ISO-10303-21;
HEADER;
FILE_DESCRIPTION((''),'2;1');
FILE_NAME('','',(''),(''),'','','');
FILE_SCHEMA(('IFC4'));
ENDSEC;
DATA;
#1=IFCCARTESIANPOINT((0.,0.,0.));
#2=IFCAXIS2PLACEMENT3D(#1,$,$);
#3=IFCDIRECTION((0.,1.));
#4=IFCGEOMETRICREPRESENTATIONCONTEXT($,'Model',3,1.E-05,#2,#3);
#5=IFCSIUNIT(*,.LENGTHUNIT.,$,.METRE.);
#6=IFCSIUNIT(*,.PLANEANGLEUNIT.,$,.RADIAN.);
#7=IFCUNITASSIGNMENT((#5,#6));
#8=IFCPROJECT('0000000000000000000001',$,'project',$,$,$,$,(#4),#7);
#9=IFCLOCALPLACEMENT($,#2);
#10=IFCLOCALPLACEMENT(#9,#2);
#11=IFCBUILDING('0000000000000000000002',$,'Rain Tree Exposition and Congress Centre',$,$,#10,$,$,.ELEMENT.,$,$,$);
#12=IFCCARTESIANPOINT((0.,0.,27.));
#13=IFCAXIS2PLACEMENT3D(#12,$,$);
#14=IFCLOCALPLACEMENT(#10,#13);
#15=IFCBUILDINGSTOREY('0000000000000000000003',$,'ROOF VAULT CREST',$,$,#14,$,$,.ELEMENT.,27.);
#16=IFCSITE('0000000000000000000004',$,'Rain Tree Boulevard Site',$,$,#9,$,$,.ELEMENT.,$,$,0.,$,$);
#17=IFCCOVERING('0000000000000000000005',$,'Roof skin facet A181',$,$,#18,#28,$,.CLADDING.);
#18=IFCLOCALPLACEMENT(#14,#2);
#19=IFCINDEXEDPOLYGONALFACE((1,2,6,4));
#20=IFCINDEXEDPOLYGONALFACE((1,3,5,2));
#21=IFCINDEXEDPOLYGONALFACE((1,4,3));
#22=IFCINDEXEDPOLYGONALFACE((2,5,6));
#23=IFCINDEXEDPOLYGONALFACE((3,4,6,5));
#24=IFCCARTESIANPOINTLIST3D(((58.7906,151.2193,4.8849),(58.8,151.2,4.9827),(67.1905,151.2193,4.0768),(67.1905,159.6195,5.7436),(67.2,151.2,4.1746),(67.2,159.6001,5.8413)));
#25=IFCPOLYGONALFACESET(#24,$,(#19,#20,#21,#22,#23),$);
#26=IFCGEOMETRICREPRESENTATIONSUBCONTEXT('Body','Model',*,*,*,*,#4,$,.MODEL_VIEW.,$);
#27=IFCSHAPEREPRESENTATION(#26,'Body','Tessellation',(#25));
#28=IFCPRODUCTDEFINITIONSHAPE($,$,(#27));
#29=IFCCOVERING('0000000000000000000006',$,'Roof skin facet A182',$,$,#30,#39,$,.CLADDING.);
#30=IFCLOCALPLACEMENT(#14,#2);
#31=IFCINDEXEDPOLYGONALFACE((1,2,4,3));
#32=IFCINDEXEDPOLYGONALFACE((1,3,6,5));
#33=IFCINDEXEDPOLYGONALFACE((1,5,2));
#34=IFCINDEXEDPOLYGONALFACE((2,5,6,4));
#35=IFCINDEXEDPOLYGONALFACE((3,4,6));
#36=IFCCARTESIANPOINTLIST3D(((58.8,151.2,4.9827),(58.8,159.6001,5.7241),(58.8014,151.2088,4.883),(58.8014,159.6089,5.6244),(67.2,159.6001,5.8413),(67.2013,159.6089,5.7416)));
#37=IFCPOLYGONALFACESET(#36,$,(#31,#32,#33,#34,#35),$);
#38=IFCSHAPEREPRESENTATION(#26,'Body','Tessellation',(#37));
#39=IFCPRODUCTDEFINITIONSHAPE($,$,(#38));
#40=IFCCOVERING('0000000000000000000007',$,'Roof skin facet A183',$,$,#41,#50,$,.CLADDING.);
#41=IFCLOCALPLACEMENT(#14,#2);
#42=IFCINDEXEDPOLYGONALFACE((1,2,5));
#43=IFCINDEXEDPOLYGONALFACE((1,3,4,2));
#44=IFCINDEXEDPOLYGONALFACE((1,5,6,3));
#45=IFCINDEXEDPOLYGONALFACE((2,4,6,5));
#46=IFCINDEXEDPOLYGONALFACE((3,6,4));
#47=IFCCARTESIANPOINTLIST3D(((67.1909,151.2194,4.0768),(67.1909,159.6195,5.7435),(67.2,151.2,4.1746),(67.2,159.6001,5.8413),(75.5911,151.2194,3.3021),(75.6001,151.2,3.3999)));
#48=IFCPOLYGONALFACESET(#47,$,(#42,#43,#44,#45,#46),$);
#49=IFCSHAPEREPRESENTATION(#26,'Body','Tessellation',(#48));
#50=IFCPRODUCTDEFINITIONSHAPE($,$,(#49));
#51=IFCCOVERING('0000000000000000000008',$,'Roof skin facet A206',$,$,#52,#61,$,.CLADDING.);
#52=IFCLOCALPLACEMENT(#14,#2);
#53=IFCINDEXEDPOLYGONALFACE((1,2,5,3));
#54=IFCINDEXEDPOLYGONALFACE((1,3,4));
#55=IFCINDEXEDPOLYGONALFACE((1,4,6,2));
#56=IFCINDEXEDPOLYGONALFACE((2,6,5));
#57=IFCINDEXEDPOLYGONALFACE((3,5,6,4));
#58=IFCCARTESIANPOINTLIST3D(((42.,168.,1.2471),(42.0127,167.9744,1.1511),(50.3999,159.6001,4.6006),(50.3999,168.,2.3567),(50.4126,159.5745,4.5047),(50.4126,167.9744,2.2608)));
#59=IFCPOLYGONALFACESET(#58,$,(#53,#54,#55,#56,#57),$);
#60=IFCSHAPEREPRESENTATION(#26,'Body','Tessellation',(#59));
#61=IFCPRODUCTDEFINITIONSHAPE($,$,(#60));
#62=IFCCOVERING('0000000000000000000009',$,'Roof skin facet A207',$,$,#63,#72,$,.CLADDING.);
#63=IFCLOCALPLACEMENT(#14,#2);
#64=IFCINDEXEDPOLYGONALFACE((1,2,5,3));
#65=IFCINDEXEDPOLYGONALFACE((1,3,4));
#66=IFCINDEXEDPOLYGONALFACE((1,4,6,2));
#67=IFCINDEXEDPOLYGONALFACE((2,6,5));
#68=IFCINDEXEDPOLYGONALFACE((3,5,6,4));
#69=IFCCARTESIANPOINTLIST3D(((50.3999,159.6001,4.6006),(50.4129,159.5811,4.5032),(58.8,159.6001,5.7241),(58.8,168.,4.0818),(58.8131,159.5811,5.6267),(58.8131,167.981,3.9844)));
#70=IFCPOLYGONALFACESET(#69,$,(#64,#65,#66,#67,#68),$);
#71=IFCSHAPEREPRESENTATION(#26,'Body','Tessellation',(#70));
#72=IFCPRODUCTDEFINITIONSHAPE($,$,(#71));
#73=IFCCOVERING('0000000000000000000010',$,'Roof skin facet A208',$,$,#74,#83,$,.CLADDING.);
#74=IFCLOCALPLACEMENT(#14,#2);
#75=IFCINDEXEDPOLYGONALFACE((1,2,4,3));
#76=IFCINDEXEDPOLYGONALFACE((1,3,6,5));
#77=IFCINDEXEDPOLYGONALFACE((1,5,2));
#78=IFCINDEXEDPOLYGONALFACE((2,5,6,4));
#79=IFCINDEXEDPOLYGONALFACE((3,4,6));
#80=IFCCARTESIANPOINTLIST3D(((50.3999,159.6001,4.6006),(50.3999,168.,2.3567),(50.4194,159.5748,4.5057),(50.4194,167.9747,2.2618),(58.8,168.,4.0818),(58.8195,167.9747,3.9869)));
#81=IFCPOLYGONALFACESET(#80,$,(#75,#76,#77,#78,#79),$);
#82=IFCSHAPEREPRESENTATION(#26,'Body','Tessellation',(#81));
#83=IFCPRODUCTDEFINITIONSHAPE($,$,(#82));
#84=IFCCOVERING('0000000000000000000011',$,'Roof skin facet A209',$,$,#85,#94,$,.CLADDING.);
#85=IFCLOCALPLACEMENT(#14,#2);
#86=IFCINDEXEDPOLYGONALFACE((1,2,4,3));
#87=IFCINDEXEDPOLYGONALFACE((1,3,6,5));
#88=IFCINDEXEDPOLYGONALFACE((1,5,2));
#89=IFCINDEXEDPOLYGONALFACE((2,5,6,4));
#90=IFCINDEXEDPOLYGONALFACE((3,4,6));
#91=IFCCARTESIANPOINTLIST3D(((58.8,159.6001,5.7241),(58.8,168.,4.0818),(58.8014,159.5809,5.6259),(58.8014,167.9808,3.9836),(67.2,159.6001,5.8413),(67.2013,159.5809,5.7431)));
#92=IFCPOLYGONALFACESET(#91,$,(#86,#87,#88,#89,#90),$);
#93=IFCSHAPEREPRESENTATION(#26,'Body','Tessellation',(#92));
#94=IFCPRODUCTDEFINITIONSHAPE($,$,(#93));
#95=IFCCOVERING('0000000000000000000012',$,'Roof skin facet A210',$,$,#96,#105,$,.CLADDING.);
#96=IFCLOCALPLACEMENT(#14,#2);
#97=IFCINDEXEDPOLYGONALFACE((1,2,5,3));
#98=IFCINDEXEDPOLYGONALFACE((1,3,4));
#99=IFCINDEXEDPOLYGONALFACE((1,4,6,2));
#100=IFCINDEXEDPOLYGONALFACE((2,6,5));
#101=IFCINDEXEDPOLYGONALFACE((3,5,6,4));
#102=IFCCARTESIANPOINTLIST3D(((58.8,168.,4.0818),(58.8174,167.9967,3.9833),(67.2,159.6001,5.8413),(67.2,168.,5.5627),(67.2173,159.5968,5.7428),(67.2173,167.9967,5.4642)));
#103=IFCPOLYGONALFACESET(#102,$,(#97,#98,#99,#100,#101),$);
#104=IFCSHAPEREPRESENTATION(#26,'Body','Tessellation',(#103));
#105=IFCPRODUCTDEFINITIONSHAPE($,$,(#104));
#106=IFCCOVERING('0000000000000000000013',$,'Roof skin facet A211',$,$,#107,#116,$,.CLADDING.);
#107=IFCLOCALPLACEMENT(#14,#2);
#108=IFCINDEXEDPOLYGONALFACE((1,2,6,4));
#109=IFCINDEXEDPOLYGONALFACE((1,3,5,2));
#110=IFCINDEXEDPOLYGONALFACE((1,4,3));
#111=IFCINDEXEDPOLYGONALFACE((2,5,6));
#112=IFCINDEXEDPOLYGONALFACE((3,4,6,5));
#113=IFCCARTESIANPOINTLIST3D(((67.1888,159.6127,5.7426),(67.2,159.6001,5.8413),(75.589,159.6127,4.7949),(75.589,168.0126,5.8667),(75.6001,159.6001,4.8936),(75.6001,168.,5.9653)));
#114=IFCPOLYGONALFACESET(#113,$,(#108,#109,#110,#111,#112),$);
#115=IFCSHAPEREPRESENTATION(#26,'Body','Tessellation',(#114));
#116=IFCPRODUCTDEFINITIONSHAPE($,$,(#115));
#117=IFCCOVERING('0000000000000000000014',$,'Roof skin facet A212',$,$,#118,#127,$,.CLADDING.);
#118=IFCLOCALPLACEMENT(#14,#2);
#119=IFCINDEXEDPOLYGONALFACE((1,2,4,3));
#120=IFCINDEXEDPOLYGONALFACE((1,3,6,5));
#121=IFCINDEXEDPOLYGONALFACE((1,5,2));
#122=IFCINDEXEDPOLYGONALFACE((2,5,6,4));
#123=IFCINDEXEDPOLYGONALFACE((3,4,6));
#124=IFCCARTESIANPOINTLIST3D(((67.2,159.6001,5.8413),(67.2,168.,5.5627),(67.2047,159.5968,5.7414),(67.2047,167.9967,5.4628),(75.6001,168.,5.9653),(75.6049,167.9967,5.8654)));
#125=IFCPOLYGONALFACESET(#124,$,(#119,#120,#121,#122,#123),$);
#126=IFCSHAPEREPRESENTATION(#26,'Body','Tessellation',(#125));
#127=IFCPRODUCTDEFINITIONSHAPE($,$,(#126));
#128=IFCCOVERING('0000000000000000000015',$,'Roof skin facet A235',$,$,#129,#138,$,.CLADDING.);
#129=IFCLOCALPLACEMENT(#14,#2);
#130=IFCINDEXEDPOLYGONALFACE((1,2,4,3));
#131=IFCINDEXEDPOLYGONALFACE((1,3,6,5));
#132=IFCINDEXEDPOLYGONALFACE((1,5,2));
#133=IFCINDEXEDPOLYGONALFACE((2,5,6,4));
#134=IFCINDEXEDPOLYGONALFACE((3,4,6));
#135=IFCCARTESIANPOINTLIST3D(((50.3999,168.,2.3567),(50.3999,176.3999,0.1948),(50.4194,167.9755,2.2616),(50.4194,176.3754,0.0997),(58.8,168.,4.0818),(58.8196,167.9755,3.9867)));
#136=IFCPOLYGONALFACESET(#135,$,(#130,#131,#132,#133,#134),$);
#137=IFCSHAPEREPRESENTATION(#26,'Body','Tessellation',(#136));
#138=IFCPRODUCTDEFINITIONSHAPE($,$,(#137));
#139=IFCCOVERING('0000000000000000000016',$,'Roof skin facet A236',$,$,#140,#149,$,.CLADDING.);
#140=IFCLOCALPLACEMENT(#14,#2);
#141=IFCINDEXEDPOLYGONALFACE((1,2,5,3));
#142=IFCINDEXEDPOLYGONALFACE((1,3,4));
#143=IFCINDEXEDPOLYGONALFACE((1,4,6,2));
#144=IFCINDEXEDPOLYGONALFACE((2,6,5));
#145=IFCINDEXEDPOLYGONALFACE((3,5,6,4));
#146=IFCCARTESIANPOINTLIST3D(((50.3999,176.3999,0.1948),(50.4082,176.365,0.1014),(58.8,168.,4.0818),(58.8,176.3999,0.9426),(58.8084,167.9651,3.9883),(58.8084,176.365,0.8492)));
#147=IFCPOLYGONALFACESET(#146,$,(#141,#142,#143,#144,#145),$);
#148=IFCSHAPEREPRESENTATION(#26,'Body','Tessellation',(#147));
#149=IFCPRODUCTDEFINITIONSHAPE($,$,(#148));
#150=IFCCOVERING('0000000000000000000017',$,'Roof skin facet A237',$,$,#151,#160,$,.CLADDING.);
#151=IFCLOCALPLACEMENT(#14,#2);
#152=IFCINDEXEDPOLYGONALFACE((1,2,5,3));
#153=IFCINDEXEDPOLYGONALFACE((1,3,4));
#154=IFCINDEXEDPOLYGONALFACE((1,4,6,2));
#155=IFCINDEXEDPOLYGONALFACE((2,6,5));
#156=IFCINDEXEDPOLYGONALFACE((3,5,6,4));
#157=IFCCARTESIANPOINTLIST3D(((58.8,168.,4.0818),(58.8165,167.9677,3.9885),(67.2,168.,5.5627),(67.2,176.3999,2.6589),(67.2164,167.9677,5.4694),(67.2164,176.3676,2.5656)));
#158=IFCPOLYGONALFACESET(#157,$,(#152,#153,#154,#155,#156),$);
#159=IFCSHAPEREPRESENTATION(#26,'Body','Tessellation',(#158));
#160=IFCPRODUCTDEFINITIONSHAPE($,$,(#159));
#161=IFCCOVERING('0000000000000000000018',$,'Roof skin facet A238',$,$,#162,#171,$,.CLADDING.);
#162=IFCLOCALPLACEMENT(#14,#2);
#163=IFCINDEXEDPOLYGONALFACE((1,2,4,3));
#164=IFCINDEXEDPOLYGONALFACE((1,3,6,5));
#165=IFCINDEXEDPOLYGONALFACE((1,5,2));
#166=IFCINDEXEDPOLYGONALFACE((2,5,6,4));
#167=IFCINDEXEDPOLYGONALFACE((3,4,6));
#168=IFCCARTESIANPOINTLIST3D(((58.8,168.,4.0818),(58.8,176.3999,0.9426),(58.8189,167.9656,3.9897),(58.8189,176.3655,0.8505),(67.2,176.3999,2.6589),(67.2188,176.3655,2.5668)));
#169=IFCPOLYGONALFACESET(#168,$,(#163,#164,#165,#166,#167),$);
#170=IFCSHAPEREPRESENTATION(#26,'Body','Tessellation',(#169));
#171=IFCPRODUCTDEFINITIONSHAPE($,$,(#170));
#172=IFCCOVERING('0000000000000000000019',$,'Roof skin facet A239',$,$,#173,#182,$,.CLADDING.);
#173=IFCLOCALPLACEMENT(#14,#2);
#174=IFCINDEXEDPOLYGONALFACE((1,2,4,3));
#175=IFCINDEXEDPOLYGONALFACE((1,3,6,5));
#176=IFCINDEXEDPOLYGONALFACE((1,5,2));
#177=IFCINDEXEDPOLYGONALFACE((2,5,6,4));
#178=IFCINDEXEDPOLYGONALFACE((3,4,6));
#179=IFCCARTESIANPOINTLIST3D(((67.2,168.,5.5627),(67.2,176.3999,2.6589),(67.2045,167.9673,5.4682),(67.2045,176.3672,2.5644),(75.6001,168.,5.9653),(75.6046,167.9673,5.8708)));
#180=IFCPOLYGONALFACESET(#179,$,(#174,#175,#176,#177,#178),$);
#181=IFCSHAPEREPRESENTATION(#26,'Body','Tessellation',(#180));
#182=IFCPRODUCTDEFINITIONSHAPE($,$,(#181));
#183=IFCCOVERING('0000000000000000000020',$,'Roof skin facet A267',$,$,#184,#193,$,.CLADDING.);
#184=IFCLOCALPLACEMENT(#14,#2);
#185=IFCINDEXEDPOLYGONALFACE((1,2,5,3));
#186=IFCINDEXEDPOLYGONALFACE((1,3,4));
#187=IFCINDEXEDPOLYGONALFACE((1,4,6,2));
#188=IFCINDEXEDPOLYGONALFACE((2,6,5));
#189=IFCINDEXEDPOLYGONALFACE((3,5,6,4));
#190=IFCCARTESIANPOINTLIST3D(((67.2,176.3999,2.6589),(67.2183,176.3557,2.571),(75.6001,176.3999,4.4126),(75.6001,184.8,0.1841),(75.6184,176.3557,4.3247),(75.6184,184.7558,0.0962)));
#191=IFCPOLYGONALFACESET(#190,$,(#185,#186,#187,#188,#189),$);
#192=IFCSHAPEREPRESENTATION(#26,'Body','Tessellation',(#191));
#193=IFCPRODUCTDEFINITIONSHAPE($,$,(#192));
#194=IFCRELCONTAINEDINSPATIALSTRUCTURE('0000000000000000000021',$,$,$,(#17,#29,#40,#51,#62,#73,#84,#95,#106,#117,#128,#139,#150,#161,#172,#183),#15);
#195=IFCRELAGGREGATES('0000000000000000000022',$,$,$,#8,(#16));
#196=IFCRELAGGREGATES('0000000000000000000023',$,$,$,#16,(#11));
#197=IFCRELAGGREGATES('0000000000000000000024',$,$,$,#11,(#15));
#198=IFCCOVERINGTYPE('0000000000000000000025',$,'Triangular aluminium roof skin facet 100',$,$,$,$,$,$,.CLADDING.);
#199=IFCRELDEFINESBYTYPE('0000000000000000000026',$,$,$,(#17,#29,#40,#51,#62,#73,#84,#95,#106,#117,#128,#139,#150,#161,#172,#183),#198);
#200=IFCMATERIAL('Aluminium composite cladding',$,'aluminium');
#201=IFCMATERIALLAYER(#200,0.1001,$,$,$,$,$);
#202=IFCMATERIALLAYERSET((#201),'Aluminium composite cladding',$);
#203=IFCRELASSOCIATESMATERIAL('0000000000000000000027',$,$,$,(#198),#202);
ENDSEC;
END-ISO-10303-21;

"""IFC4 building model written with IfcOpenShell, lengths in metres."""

from ifc_helpers import new_model, si_unit, direction, frame, origin, place, context, subcontext, project, spatial, polyline, outline, extrude, material, layer, layer_set, type_object, element, save


model = new_model("IFC4")

# Units and contexts
model_context = context("Model", 3, precision=1e-05, world=origin(), true_north=direction((0.0, 1.0)))
body_context = subcontext(model_context, "Body", "Model", "MODEL_VIEW")
ifc_project = project(units=[si_unit("LENGTHUNIT", "METRE"), si_unit("PLANEANGLEUNIT", "RADIAN")], contexts=[model_context])

# Site, building, storey
site_placement = place(None, origin())
site = spatial("IfcSite", under=ifc_project, at=site_placement, Name="Rain Tree Boulevard Site", CompositionType="ELEMENT", RefElevation=0.0)
building_placement = place(site_placement, origin())
building = spatial("IfcBuilding", under=site, at=building_placement, Name="Rain Tree Exposition and Congress Centre", CompositionType="ELEMENT")
storey_placement = place(building_placement, frame((0.0, 0.0, 27.0)))
storey = spatial("IfcBuildingStorey", under=building, at=storey_placement, Name="ROOF VAULT CREST", CompositionType="ELEMENT", Elevation=27.0)

# Coverings
ifc_material_1 = material(Name="Aluminium composite cladding", Category="aluminium")
ifc_layer_1 = layer(ifc_material_1, 0.1001)
ifc_layer_set_1 = layer_set([ifc_layer_1], Name="Aluminium composite cladding")
covering_type_1 = type_object("IfcCoveringType", Name="Triangular aluminium roof skin facet 100", PredefinedType="CLADDING", material=ifc_layer_set_1)
covering_1_placement = place(storey_placement, frame((58.8, 151.2, 4.9827), z_axis=(0.093947, -0.193764, 0.97654), x_axis=(0.995404, 0.0, -0.095762)))
element("IfcCovering", 1, at=covering_1_placement, inside=storey, type_object=covering_type_1, Name="Roof skin facet A181", PredefinedType="CLADDING", context=body_context, shape_type="SweptSolid", body=[
    extrude(outline(polyline([(0.0, 0.0), (8.4387, 0.0), (8.2791, 8.5624), (0.0, 0.0)])), origin(), (0.0, 0.0, -1.0), 0.1001),
])
covering_2_placement = place(storey_placement, frame((58.8, 151.2, 4.9827), z_axis=(-0.013896, -0.087917, 0.996031), x_axis=(0.705257, 0.705277, 0.072092)))
element("IfcCovering", 2, at=covering_2_placement, inside=storey, type_object=covering_type_1, Name="Roof skin facet A182", PredefinedType="CLADDING", context=body_context, shape_type="SweptSolid", body=[
    extrude(outline(polyline([(0.0, 0.0), (11.9104, 0.0), (5.9779, 5.9479), (0.0, 0.0)])), origin(), (0.0, 0.0, -1.0), 0.1001),
])
covering_3_placement = place(storey_placement, frame((67.2, 151.2, 4.1746), z_axis=(0.090088, -0.193833, 0.976889), x_axis=(0.995775, 0.0, -0.09183)))
element("IfcCovering", 3, at=covering_3_placement, inside=storey, type_object=covering_type_1, Name="Roof skin facet A183", PredefinedType="CLADDING", context=body_context, shape_type="SweptSolid", body=[
    extrude(outline(polyline([(0.0, 0.0), (8.4358, 0.0), (-0.1531, 8.5625), (0.0, 0.0)])), origin(), (0.0, 0.0, -1.0), 0.1001),
])
covering_4_placement = place(storey_placement, frame((50.3999, 159.6001, 4.6006), z_axis=(-0.126597, 0.256007, 0.958349), x_axis=(0.0, 0.966123, -0.258084)))
element("IfcCovering", 4, at=covering_4_placement, inside=storey, type_object=covering_type_1, Name="Roof skin facet A206", PredefinedType="CLADDING", context=body_context, shape_type="SweptSolid", body=[
    extrude(outline(polyline([(0.0, 0.0), (8.6944, 0.0), (8.9808, 8.468), (0.0, 0.0)])), origin(), (0.0, 0.0, -1.0), 0.1001),
])
covering_5_placement = place(storey_placement, frame((50.3999, 159.6001, 4.6006), z_axis=(-0.13015, 0.190253, 0.97307), x_axis=(0.991173, 0.0, 0.132571)))
element("IfcCovering", 5, at=covering_5_placement, inside=storey, type_object=covering_type_1, Name="Roof skin facet A207", PredefinedType="CLADDING", context=body_context, shape_type="SweptSolid", body=[
    extrude(outline(polyline([(0.0, 0.0), (8.475, 0.0), (8.2572, 8.5562), (0.0, 0.0)])), origin(), (0.0, 0.0, -1.0), 0.1001),
])
covering_6_placement = place(storey_placement, frame((50.3999, 159.6001, 4.6006), z_axis=(-0.194614, 0.253149, 0.94765), x_axis=(0.706444, 0.706423, -0.04363)))
element("IfcCovering", 6, at=covering_6_placement, inside=storey, type_object=covering_type_1, Name="Roof skin facet A208", PredefinedType="CLADDING", context=body_context, shape_type="SweptSolid", body=[
    extrude(outline(polyline([(0.0, 0.0), (11.8908, 0.0), (6.0318, 6.2619), (0.0, 0.0)])), origin(), (0.0, 0.0, -1.0), 0.1001),
])
covering_7_placement = place(storey_placement, frame((58.8, 159.6001, 5.7241), z_axis=(-0.013691, 0.191867, 0.981325), x_axis=(0.999903, 0.0, 0.01395)))
element("IfcCovering", 7, at=covering_7_placement, inside=storey, type_object=covering_type_1, Name="Roof skin facet A209", PredefinedType="CLADDING", context=body_context, shape_type="SweptSolid", body=[
    extrude(outline(polyline([(0.0, 0.0), (8.4007, 0.0), (-0.0229, 8.5589), (0.0, 0.0)])), origin(), (0.0, 0.0, -1.0), 0.1001),
])
covering_8_placement = place(storey_placement, frame((67.2, 159.6001, 5.8413), z_axis=(-0.173536, 0.032642, 0.984286), x_axis=(0.0, 0.999451, -0.033145)))
element("IfcCovering", 8, at=covering_8_placement, inside=storey, type_object=covering_type_1, Name="Roof skin facet A210", PredefinedType="CLADDING", context=body_context, shape_type="SweptSolid", body=[
    extrude(outline(polyline([(0.0, 0.0), (8.4045, 0.0), (8.4536, 8.5293), (0.0, 0.0)])), origin(), (0.0, 0.0, -1.0), 0.1001),
])
covering_9_placement = place(storey_placement, frame((67.2, 159.6001, 5.8413), z_axis=(0.111224, -0.125783, 0.985803), x_axis=(0.993695, 0.0, -0.112115)))
element("IfcCovering", 9, at=covering_9_placement, inside=storey, type_object=covering_type_1, Name="Roof skin facet A211", PredefinedType="CLADDING", context=body_context, shape_type="SweptSolid", body=[
    extrude(outline(polyline([(0.0, 0.0), (8.4534, 0.0), (8.3333, 8.4671), (0.0, 0.0)])), origin(), (0.0, 0.0, -1.0), 0.1001),
])
covering_10_placement = place(storey_placement, frame((67.2, 159.6001, 5.8413), z_axis=(-0.047845, 0.033107, 0.998306), x_axis=(0.707079, 0.707058, 0.01044)))
element("IfcCovering", 10, at=covering_10_placement, inside=storey, type_object=covering_type_1, Name="Roof skin facet A212", PredefinedType="CLADDING", context=body_context, shape_type="SweptSolid", body=[
    extrude(outline(polyline([(0.0, 0.0), (11.8801, 0.0), (5.9363, 5.9495), (0.0, 0.0)])), origin(), (0.0, 0.0, -1.0), 0.1001),
])
covering_11_placement = place(storey_placement, frame((50.3999, 168.0, 2.3567), z_axis=(-0.195063, 0.244458, 0.949837), x_axis=(0.979557, 0.0, 0.201167)))
element("IfcCovering", 11, at=covering_11_placement, inside=storey, type_object=covering_type_1, Name="Roof skin facet A235", PredefinedType="CLADDING", context=body_context, shape_type="SweptSolid", body=[
    extrude(outline(polyline([(0.0, 0.0), (8.5755, 0.0), (-0.4349, 8.6627), (0.0, 0.0)])), origin(), (0.0, 0.0, -1.0), 0.1001),
])
covering_12_placement = place(storey_placement, frame((58.8, 168.0, 4.0818), z_axis=(-0.083101, 0.348856, 0.933485), x_axis=(0.0, 0.936725, -0.350067)))
element("IfcCovering", 12, at=covering_12_placement, inside=storey, type_object=covering_type_1, Name="Roof skin facet A236", PredefinedType="CLADDING", context=body_context, shape_type="SweptSolid", body=[
    extrude(outline(polyline([(0.0, 0.0), (8.9673, 0.0), (9.2291, 8.4293), (0.0, 0.0)])), origin(), (0.0, 0.0, -1.0), 0.1001),
])
covering_13_placement = place(storey_placement, frame((58.8, 168.0, 4.0818), z_axis=(-0.164365, 0.32228, 0.932266), x_axis=(0.984811, 0.0, 0.173629)))
element("IfcCovering", 13, at=covering_13_placement, inside=storey, type_object=covering_type_1, Name="Roof skin facet A237", PredefinedType="CLADDING", context=body_context, shape_type="SweptSolid", body=[
    extrude(outline(polyline([(0.0, 0.0), (8.5295, 0.0), (8.0253, 8.8733), (0.0, 0.0)])), origin(), (0.0, 0.0, -1.0), 0.1001),
])
covering_14_placement = place(storey_placement, frame((58.8, 168.0, 4.0818), z_axis=(-0.187984, 0.343826, 0.920025), x_axis=(0.702089, 0.702089, -0.118926)))
element("IfcCovering", 14, at=covering_14_placement, inside=storey, type_object=covering_type_1, Name="Roof skin facet A238", PredefinedType="CLADDING", context=body_context, shape_type="SweptSolid", body=[
    extrude(outline(polyline([(0.0, 0.0), (11.9642, 0.0), (6.2708, 6.4101), (0.0, 0.0)])), origin(), (0.0, 0.0, -1.0), 0.1001),
])
covering_15_placement = place(storey_placement, frame((67.2, 168.0, 5.5627), z_axis=(-0.04525, 0.326389, 0.944152), x_axis=(0.998854, 0.0, 0.047871)))
element("IfcCovering", 15, at=covering_15_placement, inside=storey, type_object=covering_type_1, Name="Roof skin facet A239", PredefinedType="CLADDING", context=body_context, shape_type="SweptSolid", body=[
    extrude(outline(polyline([(0.0, 0.0), (8.4098, 0.0), (-0.139, 8.8866), (0.0, 0.0)])), origin(), (0.0, 0.0, -1.0), 0.1001),
])
covering_16_placement = place(storey_placement, frame((67.2, 176.3999, 2.6589), z_axis=(-0.183313, 0.442012, 0.878078), x_axis=(0.978896, 0.0, 0.20436)))
element("IfcCovering", 16, at=covering_16_placement, inside=storey, type_object=covering_type_1, Name="Roof skin facet A267", PredefinedType="CLADDING", context=body_context, shape_type="SweptSolid", body=[
    extrude(outline(polyline([(0.0, 0.0), (8.5812, 0.0), (7.7171, 9.3646), (0.0, 0.0)])), origin(), (0.0, 0.0, -1.0), 0.1001),
])

save(model, "model.ifc")
